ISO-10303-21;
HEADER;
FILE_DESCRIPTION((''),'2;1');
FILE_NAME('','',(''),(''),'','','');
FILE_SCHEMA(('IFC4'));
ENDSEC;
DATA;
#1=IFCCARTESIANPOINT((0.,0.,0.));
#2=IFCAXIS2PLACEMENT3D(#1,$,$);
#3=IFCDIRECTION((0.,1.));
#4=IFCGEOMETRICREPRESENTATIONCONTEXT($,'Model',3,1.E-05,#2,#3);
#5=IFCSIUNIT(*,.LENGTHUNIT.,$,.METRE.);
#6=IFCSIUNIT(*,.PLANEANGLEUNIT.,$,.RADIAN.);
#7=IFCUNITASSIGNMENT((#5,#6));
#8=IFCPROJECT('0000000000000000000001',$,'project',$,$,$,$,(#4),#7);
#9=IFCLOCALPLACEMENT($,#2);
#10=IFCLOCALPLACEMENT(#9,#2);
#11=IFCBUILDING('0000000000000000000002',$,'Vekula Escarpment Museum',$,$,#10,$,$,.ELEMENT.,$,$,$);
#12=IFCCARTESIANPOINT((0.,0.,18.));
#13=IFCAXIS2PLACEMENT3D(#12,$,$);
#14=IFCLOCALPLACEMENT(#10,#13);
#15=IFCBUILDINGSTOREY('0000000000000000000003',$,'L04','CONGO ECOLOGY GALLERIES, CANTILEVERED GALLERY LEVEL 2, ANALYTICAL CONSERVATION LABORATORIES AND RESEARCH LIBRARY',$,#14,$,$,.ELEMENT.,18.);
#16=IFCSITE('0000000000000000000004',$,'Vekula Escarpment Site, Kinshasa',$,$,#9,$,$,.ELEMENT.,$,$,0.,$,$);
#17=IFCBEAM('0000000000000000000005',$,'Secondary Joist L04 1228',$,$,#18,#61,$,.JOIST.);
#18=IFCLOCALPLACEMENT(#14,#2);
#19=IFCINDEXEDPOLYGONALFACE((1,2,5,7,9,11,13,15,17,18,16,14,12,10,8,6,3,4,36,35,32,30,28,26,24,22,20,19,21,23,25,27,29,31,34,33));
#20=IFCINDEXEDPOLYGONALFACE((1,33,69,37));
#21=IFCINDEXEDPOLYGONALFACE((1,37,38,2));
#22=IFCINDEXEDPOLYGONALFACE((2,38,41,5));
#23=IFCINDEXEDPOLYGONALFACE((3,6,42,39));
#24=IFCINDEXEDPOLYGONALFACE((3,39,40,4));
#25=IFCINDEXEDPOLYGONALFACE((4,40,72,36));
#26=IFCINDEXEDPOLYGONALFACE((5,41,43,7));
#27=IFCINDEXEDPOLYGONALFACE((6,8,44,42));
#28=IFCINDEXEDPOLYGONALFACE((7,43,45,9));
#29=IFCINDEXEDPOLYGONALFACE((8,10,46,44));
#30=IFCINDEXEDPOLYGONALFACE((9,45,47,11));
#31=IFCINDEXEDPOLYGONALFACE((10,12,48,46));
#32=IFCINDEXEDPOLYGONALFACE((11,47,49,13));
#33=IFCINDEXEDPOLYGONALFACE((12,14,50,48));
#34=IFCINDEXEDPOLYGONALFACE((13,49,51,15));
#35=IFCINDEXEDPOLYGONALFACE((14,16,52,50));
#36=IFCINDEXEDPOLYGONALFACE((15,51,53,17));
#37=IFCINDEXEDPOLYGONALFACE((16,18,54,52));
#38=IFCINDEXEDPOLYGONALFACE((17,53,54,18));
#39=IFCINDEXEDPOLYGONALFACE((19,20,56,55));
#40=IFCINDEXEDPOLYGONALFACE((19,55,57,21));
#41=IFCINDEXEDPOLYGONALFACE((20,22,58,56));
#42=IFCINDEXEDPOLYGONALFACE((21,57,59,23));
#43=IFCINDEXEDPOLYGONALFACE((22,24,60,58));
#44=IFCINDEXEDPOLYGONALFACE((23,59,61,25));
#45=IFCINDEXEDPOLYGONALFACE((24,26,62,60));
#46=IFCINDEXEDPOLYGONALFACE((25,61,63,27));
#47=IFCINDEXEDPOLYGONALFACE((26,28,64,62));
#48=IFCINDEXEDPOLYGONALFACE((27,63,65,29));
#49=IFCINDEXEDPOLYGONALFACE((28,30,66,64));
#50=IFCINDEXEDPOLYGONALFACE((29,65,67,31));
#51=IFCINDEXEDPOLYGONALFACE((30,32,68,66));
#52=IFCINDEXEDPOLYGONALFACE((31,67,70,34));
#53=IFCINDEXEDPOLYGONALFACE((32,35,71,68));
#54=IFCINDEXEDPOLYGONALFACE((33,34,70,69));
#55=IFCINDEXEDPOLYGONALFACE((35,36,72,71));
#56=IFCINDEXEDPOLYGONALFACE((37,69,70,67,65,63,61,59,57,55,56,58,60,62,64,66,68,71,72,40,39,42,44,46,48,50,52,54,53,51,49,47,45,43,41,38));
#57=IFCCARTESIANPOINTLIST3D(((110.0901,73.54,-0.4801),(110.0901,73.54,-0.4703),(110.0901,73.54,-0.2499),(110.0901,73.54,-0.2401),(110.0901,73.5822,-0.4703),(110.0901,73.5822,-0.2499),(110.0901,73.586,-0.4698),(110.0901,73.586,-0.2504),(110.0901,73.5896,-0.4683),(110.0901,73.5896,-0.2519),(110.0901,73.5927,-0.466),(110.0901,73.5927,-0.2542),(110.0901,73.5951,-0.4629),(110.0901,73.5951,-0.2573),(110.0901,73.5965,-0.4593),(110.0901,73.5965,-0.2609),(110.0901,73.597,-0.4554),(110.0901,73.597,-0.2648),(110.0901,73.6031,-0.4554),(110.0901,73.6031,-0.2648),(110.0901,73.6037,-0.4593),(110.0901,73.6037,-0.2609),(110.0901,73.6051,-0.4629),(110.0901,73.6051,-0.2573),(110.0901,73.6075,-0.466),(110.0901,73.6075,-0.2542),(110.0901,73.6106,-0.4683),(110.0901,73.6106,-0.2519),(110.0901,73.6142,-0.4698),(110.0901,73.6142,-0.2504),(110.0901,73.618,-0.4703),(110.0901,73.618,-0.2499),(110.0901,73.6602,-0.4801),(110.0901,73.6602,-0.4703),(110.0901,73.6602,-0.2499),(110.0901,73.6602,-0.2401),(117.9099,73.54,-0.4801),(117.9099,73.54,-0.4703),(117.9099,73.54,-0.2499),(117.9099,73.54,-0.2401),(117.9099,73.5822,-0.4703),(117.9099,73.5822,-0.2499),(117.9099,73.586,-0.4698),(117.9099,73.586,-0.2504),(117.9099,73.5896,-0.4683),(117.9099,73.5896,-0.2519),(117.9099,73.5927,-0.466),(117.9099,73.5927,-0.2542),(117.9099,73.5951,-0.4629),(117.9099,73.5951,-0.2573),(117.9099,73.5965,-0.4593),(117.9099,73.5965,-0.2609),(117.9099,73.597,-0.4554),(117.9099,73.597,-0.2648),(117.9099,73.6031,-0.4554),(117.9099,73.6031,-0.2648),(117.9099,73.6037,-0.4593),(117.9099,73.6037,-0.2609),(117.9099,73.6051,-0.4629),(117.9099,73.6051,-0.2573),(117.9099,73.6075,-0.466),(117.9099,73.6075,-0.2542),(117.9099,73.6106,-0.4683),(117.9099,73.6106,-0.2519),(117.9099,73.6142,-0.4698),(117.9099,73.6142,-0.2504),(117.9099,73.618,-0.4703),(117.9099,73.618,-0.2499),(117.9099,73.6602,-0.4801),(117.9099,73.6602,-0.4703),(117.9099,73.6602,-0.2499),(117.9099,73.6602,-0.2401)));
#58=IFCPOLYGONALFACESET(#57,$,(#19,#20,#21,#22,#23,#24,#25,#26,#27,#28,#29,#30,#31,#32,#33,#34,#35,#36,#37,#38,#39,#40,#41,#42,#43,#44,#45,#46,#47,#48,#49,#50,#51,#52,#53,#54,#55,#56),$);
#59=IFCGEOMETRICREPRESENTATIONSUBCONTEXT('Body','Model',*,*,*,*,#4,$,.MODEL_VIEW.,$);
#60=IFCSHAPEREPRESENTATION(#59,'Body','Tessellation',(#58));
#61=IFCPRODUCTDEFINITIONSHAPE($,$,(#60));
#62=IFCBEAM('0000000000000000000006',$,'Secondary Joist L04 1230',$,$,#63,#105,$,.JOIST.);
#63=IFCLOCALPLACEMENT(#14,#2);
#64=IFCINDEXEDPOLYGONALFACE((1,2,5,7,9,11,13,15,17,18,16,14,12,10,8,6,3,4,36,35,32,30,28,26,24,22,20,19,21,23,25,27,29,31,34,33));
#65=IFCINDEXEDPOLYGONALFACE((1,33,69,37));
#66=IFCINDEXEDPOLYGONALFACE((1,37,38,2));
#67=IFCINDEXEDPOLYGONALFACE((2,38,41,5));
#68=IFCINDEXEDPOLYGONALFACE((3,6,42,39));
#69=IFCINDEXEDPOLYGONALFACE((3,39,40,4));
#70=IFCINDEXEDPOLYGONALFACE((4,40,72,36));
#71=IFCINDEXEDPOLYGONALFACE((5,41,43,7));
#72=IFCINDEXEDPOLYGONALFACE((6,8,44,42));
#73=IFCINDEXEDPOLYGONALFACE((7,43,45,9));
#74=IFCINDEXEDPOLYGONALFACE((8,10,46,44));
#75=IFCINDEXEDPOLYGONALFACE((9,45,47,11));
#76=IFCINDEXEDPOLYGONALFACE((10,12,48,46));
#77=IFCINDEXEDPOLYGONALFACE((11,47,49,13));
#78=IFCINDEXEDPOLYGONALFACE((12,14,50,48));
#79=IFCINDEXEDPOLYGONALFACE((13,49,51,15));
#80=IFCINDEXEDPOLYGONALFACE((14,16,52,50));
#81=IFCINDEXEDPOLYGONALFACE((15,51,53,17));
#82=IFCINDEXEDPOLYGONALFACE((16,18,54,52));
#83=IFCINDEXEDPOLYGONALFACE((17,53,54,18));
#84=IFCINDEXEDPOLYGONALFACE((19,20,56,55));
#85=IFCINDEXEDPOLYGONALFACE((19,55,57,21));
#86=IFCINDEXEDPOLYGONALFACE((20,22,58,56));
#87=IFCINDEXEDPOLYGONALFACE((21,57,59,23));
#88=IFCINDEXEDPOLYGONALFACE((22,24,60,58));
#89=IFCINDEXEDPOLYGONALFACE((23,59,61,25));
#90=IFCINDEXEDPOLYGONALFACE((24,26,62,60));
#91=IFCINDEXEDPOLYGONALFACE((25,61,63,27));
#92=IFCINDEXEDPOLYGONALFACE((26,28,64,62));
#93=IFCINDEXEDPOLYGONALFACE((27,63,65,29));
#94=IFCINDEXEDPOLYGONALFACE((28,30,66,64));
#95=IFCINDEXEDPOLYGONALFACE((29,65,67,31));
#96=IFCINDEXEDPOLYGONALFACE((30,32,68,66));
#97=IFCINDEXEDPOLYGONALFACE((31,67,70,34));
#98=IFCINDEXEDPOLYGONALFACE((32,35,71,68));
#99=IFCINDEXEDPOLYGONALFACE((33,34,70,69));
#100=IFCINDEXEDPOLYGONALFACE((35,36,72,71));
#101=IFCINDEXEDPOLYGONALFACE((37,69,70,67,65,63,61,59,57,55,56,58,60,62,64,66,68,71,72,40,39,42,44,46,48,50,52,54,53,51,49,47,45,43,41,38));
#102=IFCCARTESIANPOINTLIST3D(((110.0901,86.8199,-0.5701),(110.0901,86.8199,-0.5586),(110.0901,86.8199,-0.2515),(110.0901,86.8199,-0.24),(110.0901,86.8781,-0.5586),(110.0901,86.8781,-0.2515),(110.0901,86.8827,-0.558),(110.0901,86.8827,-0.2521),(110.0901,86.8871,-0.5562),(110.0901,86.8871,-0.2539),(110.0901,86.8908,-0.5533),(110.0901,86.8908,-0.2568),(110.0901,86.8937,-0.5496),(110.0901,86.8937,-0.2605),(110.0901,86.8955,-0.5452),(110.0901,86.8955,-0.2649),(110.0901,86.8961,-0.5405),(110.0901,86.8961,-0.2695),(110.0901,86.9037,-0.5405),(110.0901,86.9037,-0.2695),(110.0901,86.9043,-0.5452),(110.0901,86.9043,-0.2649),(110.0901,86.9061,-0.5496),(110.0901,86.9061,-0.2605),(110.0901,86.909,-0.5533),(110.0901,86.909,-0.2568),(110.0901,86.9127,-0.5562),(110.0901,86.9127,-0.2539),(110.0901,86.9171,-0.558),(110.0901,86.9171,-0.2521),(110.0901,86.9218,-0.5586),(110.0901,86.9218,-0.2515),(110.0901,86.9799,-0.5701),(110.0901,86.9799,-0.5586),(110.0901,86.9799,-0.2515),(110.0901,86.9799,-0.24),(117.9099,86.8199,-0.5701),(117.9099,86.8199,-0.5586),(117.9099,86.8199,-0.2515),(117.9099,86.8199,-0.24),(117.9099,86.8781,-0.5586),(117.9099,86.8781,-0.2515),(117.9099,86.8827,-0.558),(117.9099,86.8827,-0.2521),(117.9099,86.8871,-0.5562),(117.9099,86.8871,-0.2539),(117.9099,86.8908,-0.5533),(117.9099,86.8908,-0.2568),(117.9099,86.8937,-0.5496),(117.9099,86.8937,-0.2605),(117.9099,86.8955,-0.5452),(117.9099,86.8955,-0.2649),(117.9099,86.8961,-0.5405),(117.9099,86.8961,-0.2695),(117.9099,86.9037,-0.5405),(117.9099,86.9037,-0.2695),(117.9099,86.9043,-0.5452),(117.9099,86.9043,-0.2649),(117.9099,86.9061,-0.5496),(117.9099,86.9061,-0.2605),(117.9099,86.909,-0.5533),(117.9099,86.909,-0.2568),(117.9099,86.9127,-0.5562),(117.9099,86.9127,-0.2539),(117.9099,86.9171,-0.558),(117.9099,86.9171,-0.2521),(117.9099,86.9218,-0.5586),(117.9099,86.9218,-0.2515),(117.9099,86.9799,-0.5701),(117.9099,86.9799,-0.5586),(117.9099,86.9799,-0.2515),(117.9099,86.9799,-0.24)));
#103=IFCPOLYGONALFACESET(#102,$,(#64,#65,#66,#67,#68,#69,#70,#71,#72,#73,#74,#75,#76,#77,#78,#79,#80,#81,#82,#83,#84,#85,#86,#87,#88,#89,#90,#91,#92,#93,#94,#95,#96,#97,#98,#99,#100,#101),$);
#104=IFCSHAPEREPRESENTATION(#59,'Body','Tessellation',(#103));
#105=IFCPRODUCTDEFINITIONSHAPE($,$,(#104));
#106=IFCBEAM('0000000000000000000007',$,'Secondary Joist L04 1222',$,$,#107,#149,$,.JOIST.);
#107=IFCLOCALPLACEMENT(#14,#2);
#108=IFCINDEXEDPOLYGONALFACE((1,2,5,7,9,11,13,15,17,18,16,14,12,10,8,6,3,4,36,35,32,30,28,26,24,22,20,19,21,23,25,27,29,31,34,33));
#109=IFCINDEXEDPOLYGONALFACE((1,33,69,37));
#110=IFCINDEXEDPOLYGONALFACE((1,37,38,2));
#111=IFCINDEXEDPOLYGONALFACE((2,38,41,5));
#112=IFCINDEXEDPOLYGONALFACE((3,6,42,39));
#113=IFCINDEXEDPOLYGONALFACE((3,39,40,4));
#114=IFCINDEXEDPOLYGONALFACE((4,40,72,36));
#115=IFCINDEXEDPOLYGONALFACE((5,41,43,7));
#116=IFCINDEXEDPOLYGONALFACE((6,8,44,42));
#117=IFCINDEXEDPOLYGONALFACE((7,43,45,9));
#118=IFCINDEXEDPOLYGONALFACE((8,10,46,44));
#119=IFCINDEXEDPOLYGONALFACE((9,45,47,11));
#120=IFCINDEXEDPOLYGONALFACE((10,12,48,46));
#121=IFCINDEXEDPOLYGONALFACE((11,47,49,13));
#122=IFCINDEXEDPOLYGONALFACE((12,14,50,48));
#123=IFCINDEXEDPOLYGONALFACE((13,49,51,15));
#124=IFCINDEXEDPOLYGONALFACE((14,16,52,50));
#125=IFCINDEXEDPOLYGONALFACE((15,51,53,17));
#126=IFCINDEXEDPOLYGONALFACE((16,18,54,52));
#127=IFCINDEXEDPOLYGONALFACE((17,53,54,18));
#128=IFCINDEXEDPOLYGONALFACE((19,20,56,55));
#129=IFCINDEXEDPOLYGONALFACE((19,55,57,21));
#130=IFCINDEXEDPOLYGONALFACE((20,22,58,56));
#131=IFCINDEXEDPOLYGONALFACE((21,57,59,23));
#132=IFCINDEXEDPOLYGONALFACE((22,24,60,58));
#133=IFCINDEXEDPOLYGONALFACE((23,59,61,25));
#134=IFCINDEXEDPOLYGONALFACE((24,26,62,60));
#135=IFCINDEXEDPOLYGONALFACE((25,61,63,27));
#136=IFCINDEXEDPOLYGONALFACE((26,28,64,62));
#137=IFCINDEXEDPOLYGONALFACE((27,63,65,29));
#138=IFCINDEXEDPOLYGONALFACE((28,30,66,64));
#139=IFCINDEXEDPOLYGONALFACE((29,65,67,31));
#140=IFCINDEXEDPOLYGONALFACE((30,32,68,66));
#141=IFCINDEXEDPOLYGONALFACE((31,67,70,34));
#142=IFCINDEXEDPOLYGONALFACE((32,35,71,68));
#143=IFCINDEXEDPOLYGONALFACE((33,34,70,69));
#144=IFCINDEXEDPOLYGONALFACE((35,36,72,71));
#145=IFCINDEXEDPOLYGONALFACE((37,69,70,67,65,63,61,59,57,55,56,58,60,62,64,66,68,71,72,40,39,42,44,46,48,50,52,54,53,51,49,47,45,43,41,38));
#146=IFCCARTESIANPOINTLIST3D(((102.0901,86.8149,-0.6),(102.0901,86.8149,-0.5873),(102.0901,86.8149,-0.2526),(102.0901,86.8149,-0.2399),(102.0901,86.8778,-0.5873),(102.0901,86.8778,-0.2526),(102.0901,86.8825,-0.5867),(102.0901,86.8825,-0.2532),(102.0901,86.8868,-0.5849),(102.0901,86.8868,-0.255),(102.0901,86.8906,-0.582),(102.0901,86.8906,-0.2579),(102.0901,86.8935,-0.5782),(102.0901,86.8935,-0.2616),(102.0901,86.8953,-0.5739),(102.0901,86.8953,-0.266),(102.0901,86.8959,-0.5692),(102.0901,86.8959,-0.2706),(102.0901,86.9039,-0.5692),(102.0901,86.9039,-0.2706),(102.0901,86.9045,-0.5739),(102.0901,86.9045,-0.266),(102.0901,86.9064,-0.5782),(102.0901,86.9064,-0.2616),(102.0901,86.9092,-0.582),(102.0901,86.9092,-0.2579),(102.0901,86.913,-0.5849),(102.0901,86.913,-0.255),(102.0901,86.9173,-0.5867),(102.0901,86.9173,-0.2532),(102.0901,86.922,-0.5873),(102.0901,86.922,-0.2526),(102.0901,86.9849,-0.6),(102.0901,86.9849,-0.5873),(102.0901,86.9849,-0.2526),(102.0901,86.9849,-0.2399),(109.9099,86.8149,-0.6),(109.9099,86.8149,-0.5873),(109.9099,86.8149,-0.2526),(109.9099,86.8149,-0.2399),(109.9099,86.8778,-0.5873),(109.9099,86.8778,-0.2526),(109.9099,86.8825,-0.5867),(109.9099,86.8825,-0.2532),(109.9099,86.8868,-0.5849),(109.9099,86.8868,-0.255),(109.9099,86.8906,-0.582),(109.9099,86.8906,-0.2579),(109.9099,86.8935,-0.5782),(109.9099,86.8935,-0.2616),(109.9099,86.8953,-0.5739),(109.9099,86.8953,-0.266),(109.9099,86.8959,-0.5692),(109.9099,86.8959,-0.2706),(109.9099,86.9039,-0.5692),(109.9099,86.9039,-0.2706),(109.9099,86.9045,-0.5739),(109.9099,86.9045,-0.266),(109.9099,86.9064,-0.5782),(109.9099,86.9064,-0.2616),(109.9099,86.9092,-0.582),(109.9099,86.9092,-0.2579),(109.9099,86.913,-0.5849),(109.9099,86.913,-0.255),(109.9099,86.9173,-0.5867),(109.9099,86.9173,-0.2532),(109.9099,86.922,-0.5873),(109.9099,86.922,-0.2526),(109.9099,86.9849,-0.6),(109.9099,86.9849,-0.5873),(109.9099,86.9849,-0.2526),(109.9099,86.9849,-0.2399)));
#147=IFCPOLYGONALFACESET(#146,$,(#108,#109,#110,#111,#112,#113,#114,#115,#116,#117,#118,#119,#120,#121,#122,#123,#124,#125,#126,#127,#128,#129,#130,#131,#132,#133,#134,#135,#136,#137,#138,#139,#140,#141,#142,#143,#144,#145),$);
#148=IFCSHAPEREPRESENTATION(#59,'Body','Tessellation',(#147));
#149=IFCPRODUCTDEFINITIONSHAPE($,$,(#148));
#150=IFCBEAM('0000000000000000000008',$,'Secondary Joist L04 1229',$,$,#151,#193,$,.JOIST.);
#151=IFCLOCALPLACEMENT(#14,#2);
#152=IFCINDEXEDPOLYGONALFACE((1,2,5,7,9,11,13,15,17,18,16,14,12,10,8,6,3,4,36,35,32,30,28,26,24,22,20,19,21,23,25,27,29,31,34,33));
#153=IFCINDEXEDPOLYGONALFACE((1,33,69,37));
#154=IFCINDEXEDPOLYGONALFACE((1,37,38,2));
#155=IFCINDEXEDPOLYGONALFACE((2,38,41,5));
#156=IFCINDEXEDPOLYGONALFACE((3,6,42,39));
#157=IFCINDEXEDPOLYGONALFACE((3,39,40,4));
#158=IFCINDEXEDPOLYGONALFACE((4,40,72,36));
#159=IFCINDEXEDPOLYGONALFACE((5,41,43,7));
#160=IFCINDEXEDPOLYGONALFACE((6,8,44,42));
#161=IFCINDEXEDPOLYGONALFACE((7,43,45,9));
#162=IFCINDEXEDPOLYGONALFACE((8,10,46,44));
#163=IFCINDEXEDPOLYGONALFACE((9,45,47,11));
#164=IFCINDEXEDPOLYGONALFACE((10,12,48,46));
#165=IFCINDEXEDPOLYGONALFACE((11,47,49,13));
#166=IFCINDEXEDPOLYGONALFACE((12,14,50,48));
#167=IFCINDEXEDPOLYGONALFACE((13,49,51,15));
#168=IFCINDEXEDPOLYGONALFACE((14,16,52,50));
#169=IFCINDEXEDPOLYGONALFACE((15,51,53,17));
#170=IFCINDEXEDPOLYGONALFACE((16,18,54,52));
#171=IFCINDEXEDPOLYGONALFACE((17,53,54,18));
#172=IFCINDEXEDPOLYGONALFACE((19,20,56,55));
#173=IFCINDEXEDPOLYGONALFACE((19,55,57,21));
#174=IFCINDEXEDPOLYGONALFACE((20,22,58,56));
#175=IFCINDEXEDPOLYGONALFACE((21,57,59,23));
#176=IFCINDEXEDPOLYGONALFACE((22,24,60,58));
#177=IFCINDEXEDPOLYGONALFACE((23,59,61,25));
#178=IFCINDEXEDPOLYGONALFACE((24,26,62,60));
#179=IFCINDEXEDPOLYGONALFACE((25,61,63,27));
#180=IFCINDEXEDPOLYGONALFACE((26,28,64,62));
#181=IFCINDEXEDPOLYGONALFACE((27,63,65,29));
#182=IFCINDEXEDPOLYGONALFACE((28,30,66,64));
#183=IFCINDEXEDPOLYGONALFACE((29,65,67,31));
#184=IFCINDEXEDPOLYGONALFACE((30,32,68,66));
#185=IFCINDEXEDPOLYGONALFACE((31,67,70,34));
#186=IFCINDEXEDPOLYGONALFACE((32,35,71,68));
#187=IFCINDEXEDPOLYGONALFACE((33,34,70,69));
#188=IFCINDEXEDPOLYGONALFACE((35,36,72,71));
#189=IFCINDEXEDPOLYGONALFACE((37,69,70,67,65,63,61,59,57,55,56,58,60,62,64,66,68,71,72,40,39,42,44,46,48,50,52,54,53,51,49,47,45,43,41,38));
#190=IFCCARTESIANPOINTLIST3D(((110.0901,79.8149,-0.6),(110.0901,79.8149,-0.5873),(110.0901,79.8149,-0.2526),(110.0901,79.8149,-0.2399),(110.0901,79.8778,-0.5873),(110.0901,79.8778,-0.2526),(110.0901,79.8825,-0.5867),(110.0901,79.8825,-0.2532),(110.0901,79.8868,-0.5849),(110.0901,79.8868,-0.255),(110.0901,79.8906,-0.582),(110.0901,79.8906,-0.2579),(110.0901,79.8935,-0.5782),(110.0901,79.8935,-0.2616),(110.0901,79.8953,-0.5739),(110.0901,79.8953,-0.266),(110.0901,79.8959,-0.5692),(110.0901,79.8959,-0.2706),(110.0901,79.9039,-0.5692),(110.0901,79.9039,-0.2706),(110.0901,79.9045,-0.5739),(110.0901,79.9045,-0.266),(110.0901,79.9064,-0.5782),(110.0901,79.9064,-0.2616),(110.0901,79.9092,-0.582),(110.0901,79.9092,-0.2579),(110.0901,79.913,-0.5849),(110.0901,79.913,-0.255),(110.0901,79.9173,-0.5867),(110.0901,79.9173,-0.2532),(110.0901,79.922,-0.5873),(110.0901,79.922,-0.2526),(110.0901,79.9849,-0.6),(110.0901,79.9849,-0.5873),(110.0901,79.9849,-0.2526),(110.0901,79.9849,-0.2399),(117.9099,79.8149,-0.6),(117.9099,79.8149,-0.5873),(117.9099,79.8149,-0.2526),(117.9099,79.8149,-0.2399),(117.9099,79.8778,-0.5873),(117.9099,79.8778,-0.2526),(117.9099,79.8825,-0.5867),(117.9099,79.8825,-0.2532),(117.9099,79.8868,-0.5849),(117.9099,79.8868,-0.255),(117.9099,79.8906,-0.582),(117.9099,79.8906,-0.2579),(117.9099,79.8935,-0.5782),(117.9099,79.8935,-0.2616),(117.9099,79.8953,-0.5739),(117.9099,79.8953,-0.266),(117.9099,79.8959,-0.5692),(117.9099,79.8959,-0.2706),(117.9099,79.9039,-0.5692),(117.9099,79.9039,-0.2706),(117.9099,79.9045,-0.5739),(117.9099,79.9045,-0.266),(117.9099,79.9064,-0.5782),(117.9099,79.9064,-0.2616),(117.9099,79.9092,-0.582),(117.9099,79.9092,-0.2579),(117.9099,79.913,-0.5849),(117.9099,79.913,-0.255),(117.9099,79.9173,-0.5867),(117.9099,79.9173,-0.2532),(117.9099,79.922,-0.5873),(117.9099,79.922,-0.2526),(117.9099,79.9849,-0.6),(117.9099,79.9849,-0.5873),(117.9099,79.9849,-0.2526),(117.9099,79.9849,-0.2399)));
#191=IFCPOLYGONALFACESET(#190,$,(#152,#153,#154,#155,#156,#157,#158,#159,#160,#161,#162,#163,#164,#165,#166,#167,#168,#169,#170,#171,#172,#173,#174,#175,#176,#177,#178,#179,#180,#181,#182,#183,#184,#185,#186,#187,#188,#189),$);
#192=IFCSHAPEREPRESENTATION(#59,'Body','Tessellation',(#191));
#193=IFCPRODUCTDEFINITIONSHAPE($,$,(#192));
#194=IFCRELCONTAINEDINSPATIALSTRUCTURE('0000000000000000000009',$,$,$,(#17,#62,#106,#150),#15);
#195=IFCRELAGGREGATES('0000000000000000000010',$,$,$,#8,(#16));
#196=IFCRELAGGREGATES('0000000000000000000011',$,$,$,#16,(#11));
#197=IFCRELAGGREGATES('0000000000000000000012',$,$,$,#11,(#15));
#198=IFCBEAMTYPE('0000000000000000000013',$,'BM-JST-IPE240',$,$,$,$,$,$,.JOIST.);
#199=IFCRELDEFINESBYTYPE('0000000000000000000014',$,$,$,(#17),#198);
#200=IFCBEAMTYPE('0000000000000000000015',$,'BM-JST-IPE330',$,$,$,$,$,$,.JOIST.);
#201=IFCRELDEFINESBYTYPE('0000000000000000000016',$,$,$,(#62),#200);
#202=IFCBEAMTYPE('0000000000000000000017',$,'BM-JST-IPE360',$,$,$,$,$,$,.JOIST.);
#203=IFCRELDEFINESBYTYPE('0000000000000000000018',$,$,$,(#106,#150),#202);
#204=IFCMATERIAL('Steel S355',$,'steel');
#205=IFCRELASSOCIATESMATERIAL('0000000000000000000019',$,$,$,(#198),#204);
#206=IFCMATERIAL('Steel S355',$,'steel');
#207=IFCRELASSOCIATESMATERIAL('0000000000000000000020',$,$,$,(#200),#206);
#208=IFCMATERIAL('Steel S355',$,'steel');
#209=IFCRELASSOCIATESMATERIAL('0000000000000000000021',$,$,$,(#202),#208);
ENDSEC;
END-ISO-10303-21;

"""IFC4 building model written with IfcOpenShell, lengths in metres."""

from ifc_helpers import new_model, si_unit, direction, frame, origin, origin_2d, place, context, subcontext, project, spatial, i_section, extrude, material, material_profile, profile_set, type_object, element, save


model = new_model("IFC4")

# Units and contexts
model_context = context("Model", 3, precision=1e-05, world=origin(), true_north=direction((0.0, 1.0)))
body_context = subcontext(model_context, "Body", "Model", "MODEL_VIEW")
ifc_project = project(units=[si_unit("LENGTHUNIT", "METRE"), si_unit("PLANEANGLEUNIT", "RADIAN")], contexts=[model_context])

# Site, building, storey
site_placement = place(None, origin())
site = spatial("IfcSite", under=ifc_project, at=site_placement, Name="Vekula Escarpment Site, Kinshasa", CompositionType="ELEMENT", RefElevation=0.0)
building_placement = place(site_placement, origin())
building = spatial("IfcBuilding", under=site, at=building_placement, Name="Vekula Escarpment Museum", CompositionType="ELEMENT")
storey_placement = place(building_placement, frame((0.0, 0.0, 18.0)))
storey = spatial("IfcBuildingStorey", under=building, at=storey_placement, Name="L04", Description="CONGO ECOLOGY GALLERIES, CANTILEVERED GALLERY LEVEL 2, ANALYTICAL CONSERVATION LABORATORIES AND RESEARCH LIBRARY", CompositionType="ELEMENT", Elevation=18.0)

# Beams
ifc_material_1 = material(Name="Steel S355", Category="steel")
ifc_material_profile_1 = material_profile(ifc_material_1, i_section(OverallWidth=0.1201, OverallDepth=0.24, WebThickness=0.0061, FlangeThickness=0.0098, FilletRadius=0.0149, at=origin_2d()), Name="IPE 240")
ifc_profile_set_1 = profile_set([ifc_material_profile_1], Name="Steel S355")
beam_type_1 = type_object("IfcBeamType", Name="BM-JST-IPE240", PredefinedType="JOIST", material=ifc_profile_set_1)
for number, where, z_axis, x_axis, name in (
    (1, (110.0901, 73.6001, -0.3601), (1.0, 0.0, 0.0), (0.0, 1.0, 0.0), "Secondary Joist L04 1228"),
):
    element("IfcBeam", number, at=place(storey_placement, frame(where, z_axis=z_axis, x_axis=x_axis)), inside=storey, type_object=beam_type_1, Name=name, PredefinedType="JOIST", context=body_context, shape_type="SweptSolid", body=[
        extrude(i_section(OverallWidth=0.1201, OverallDepth=0.24, WebThickness=0.0061, FlangeThickness=0.0098, FilletRadius=0.0149, at=origin_2d()), origin(), (0.0, 0.0, 1.0), 7.8198),
    ])
ifc_material_2 = material(Name="Steel S355", Category="steel")
ifc_material_profile_2 = material_profile(ifc_material_2, i_section(OverallWidth=0.1599, OverallDepth=0.3301, WebThickness=0.0076, FlangeThickness=0.0115, FilletRadius=0.0181, at=origin_2d()), Name="IPE 330")
ifc_profile_set_2 = profile_set([ifc_material_profile_2], Name="Steel S355")
beam_type_2 = type_object("IfcBeamType", Name="BM-JST-IPE330", PredefinedType="JOIST", material=ifc_profile_set_2)
beam_1_placement = place(storey_placement, frame((110.0901, 86.8999, -0.405), z_axis=(1.0, 0.0, 0.0), x_axis=(0.0, 1.0, 0.0)))
element("IfcBeam", 2, at=beam_1_placement, inside=storey, type_object=beam_type_2, Name="Secondary Joist L04 1230", PredefinedType="JOIST", context=body_context, shape_type="SweptSolid", body=[
    extrude(i_section(OverallWidth=0.1599, OverallDepth=0.3301, WebThickness=0.0076, FlangeThickness=0.0115, FilletRadius=0.0181, at=origin_2d()), origin(), (0.0, 0.0, 1.0), 7.8198),
])
ifc_material_3 = material(Name="Steel S355", Category="steel")
ifc_material_profile_3 = material_profile(ifc_material_3, i_section(OverallWidth=0.1699, OverallDepth=0.3601, WebThickness=0.0081, FlangeThickness=0.0127, FilletRadius=0.0181, at=origin_2d()), Name="IPE 360")
ifc_profile_set_3 = profile_set([ifc_material_profile_3], Name="Steel S355")
beam_type_3 = type_object("IfcBeamType", Name="BM-JST-IPE360", PredefinedType="JOIST", material=ifc_profile_set_3)
for number, where, z_axis, x_axis, name in (
    (3, (102.0901, 86.8999, -0.4199), (1.0, 0.0, 0.0), (0.0, 1.0, 0.0), "Secondary Joist L04 1222"),
    (4, (110.0901, 79.8999, -0.4199), (1.0, 0.0, 0.0), (0.0, 1.0, 0.0), "Secondary Joist L04 1229"),
):
    element("IfcBeam", number, at=place(storey_placement, frame(where, z_axis=z_axis, x_axis=x_axis)), inside=storey, type_object=beam_type_3, Name=name, PredefinedType="JOIST", context=body_context, shape_type="SweptSolid", body=[
        extrude(i_section(OverallWidth=0.1699, OverallDepth=0.3601, WebThickness=0.0081, FlangeThickness=0.0127, FilletRadius=0.0181, at=origin_2d()), origin(), (0.0, 0.0, 1.0), 7.8198),
    ])

save(model, "model.ifc")
